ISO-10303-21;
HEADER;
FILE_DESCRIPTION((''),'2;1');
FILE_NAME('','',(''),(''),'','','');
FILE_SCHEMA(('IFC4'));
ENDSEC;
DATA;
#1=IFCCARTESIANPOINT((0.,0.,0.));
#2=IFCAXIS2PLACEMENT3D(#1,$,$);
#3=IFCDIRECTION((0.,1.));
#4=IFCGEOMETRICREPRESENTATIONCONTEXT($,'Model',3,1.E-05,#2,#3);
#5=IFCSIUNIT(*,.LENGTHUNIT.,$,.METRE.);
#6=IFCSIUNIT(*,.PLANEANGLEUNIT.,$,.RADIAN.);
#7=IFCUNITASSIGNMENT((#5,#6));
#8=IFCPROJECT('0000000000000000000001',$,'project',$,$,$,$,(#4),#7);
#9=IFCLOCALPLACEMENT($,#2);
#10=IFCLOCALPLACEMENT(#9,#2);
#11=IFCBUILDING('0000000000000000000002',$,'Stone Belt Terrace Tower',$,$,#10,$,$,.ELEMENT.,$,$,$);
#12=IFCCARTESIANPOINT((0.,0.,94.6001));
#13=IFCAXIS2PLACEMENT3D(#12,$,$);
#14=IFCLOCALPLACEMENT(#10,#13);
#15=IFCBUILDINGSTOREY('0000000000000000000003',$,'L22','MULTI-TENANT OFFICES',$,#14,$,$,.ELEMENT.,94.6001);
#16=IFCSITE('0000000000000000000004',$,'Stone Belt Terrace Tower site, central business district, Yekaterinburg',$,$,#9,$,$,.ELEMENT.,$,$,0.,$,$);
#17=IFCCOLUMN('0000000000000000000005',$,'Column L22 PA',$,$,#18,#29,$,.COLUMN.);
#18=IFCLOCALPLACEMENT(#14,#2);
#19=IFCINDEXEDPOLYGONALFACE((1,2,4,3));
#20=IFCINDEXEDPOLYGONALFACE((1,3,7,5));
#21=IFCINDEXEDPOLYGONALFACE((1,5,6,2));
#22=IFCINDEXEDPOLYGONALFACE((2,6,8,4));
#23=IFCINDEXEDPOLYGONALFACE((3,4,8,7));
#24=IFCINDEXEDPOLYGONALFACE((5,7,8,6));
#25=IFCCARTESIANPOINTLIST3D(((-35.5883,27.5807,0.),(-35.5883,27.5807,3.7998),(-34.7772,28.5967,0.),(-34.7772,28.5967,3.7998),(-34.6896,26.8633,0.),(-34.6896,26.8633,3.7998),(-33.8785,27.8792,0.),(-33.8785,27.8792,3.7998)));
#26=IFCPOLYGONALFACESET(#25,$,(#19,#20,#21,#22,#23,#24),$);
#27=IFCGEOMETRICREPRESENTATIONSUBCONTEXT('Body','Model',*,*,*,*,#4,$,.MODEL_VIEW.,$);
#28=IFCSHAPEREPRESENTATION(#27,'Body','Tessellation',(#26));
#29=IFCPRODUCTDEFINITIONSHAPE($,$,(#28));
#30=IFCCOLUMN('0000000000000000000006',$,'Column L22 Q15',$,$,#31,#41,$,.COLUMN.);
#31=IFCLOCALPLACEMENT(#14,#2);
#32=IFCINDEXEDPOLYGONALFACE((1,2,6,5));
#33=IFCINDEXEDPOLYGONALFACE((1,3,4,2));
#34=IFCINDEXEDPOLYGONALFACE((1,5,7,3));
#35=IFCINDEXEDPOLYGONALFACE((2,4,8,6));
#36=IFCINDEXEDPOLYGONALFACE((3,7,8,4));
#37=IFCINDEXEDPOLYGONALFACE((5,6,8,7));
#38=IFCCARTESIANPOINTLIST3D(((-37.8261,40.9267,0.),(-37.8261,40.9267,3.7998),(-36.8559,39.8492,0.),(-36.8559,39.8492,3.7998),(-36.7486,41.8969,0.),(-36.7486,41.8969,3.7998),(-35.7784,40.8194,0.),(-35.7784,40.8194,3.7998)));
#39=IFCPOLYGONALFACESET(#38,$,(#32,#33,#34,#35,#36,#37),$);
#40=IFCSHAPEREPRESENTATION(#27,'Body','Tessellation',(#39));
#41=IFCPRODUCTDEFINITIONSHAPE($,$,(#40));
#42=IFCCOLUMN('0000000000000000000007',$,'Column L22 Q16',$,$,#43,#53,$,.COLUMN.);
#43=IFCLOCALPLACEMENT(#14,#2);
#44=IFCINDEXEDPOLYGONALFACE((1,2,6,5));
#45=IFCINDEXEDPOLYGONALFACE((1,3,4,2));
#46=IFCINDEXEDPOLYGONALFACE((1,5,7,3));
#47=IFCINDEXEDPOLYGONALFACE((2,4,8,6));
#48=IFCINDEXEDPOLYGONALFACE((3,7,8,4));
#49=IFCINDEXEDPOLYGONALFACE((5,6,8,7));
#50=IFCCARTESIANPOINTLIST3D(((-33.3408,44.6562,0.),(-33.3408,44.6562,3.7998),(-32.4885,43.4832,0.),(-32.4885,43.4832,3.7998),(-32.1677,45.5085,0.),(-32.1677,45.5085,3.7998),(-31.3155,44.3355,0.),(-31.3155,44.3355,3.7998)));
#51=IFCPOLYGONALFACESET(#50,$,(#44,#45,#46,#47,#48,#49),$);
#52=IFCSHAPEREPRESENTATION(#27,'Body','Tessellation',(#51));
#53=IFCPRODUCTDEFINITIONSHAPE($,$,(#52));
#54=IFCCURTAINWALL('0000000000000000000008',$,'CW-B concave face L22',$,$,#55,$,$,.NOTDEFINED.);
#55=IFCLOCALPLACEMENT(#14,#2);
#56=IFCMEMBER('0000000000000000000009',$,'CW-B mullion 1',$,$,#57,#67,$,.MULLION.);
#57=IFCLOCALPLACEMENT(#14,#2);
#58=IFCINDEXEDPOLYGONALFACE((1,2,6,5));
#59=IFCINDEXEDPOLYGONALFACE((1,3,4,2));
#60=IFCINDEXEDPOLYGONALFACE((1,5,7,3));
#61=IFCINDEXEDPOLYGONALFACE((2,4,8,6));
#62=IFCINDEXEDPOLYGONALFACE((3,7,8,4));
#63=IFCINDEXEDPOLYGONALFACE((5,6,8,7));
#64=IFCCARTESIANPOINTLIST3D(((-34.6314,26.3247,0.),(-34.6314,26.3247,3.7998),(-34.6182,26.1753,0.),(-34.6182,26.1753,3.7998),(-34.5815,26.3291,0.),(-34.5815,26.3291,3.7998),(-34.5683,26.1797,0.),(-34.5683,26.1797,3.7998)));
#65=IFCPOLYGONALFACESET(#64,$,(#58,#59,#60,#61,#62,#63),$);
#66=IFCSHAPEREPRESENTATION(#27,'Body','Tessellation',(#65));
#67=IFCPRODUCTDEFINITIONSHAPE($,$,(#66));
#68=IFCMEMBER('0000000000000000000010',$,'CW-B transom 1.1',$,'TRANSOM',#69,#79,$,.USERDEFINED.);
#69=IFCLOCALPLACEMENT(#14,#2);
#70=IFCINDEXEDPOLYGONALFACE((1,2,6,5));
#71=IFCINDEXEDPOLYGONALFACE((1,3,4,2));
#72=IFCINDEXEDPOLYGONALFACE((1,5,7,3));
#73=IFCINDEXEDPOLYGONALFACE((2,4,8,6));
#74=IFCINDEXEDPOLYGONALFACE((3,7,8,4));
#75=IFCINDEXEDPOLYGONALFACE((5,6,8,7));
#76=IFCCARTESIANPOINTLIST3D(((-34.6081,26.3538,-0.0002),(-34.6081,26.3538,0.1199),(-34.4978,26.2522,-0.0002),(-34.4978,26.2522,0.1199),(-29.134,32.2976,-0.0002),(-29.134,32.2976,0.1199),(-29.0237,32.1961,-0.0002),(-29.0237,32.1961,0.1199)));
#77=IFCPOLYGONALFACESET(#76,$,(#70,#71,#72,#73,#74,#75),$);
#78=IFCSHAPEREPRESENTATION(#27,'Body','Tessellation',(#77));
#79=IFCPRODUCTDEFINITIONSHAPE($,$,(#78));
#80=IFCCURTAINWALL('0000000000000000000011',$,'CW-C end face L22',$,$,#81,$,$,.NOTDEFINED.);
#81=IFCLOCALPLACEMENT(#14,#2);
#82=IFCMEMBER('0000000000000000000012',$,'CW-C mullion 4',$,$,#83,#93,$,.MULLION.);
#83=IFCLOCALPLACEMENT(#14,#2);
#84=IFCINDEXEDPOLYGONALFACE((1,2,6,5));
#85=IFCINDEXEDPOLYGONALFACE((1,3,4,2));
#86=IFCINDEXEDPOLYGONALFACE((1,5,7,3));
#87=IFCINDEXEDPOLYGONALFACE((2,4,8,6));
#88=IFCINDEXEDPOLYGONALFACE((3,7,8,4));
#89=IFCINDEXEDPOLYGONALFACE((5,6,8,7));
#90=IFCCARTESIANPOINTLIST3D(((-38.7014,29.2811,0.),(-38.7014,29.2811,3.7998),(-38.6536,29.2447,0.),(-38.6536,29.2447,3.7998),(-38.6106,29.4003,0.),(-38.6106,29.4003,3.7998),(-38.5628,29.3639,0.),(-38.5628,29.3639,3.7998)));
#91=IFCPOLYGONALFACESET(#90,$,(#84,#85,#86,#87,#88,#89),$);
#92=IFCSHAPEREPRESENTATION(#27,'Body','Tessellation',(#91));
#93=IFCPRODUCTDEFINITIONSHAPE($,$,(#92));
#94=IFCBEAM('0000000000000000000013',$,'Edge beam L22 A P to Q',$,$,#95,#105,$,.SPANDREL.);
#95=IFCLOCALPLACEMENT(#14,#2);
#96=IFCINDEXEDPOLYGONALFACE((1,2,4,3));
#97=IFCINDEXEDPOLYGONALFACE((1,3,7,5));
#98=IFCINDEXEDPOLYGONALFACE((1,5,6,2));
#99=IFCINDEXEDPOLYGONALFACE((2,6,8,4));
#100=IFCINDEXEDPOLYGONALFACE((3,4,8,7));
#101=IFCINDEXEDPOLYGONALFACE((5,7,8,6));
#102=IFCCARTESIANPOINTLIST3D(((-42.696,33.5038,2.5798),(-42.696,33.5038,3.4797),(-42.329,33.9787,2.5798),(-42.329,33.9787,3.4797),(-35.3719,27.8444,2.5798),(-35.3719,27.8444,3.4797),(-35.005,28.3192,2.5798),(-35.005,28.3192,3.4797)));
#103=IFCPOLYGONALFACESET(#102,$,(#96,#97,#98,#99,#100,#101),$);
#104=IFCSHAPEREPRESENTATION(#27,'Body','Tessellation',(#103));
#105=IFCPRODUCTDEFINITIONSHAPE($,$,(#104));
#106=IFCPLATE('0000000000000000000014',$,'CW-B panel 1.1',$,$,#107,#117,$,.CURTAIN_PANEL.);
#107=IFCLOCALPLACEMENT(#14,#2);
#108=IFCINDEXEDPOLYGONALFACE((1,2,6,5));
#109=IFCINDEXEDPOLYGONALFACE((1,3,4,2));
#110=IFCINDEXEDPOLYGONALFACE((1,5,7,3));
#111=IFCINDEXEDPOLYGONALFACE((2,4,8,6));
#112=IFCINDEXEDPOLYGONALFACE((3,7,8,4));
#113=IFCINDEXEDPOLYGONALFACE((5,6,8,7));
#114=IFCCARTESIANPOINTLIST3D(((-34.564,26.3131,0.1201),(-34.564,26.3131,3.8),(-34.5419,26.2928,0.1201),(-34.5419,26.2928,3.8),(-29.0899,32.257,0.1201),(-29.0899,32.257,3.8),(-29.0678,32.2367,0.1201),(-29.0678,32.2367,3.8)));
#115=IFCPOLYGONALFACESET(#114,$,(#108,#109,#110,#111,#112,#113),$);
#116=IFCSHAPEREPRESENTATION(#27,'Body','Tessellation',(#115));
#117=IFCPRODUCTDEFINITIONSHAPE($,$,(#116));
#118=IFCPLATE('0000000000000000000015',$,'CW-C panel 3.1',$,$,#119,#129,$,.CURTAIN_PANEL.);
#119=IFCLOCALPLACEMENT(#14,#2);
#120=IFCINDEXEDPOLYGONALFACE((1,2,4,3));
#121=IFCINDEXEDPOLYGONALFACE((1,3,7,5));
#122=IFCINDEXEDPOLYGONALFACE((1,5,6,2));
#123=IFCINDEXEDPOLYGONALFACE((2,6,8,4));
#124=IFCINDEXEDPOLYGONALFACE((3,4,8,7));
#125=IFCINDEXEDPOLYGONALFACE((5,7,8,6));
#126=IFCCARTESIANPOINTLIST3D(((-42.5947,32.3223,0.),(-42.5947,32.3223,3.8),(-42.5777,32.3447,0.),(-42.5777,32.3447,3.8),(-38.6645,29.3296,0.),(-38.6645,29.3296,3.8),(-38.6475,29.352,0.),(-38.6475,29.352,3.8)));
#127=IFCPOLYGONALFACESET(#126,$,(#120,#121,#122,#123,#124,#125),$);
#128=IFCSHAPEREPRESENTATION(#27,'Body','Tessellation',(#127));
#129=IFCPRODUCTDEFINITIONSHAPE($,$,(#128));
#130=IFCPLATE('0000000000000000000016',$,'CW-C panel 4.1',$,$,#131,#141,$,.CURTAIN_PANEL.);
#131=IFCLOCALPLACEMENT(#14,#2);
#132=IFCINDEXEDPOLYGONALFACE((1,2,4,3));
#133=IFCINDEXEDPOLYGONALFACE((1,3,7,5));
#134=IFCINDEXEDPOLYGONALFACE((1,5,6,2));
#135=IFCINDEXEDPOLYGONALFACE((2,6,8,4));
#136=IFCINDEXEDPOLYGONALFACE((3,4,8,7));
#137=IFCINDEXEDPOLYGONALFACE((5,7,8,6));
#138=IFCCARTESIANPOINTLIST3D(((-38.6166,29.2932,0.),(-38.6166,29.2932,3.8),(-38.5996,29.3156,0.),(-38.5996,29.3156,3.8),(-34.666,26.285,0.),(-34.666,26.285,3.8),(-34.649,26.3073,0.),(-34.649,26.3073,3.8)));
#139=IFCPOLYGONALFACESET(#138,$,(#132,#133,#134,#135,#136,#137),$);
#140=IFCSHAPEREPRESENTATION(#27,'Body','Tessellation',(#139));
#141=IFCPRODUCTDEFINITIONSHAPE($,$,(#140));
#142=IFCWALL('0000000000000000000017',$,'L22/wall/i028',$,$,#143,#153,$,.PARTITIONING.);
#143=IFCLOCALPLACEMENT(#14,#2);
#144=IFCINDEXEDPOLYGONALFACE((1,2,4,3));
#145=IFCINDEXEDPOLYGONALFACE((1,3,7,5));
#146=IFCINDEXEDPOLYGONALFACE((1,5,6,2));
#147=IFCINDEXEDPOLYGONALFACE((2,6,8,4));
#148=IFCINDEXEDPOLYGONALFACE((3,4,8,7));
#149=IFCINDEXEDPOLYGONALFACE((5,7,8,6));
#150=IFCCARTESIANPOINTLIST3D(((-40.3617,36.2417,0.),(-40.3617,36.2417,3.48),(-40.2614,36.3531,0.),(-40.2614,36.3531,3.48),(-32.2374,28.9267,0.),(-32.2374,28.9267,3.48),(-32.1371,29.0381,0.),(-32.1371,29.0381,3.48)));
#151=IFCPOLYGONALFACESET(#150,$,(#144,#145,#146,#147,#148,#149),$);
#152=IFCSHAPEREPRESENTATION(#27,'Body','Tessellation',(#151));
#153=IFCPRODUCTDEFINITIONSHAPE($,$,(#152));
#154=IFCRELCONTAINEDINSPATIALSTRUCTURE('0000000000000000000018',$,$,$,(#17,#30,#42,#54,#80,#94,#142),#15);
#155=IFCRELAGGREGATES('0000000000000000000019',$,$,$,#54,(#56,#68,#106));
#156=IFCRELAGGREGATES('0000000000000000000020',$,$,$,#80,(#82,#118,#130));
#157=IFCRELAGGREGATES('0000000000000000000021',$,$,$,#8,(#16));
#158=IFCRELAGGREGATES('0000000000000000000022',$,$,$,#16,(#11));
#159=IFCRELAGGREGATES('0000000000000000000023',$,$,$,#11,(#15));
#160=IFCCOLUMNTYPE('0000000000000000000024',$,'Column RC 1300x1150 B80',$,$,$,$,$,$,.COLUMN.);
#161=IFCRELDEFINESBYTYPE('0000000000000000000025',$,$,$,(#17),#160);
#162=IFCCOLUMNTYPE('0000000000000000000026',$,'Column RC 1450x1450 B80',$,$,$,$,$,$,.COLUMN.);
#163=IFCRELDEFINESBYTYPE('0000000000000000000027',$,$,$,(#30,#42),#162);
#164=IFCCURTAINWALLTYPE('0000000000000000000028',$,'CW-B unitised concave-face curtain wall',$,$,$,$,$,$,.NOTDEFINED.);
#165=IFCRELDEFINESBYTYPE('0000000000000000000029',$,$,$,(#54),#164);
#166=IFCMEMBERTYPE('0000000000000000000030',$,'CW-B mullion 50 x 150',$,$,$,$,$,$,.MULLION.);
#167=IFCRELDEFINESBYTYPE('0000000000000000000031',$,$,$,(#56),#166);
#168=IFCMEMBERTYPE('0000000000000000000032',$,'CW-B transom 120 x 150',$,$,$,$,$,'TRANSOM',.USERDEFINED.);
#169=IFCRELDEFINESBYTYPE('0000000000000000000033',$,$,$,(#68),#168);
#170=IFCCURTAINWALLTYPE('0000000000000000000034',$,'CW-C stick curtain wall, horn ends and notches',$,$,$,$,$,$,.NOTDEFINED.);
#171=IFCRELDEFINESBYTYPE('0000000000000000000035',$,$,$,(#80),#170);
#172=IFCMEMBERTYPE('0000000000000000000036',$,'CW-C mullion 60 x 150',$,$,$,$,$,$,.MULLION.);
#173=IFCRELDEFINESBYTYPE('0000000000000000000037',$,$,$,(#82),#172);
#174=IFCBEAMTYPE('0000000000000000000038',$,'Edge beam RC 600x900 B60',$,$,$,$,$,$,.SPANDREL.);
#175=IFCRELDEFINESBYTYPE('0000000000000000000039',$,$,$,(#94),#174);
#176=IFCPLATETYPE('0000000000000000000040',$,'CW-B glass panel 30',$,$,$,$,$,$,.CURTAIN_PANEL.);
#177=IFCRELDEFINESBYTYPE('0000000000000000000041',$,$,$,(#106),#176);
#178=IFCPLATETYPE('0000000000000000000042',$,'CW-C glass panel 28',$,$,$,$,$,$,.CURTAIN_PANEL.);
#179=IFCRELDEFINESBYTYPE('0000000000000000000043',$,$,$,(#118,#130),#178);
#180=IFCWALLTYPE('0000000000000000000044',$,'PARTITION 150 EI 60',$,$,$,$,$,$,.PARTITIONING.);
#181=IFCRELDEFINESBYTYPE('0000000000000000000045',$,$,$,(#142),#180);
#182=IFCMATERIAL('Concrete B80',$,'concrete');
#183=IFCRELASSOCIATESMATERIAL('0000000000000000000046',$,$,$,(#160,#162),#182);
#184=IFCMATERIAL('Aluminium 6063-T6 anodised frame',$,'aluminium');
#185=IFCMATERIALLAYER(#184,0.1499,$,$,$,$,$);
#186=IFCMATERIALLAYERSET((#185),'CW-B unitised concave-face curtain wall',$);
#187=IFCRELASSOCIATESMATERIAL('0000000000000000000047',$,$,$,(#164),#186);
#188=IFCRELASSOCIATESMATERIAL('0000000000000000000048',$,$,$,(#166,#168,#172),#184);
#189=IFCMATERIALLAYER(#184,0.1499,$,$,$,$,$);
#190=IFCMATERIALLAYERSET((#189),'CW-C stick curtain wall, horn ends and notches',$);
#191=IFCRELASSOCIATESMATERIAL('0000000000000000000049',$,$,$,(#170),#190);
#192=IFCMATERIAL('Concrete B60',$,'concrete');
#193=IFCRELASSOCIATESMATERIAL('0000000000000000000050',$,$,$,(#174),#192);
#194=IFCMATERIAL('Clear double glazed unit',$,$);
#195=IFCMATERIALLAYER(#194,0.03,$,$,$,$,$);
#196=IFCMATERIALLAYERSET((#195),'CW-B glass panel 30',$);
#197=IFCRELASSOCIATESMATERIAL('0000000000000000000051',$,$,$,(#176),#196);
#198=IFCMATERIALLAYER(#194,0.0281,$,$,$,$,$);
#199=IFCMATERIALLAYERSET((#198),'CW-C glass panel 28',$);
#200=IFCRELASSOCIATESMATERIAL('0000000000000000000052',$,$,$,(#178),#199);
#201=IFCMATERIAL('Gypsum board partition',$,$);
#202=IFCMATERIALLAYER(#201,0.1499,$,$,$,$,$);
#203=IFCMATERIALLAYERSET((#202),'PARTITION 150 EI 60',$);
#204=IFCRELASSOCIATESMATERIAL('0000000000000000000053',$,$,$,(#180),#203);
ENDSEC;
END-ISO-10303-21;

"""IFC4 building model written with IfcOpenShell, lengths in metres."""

from ifc_helpers import new_model, si_unit, direction, frame, frame_2d, origin, origin_2d, place, context, subcontext, project, spatial, rectangle, extrude, material, layer, layer_set, material_profile, profile_set, type_object, element, aggregate, save


model = new_model("IFC4")

# Units and contexts
model_context = context("Model", 3, precision=1e-05, world=origin(), true_north=direction((0.0, 1.0)))
body_context = subcontext(model_context, "Body", "Model", "MODEL_VIEW")
ifc_project = project(units=[si_unit("LENGTHUNIT", "METRE"), si_unit("PLANEANGLEUNIT", "RADIAN")], contexts=[model_context])

# Site, building, storey
site_placement = place(None, origin())
site = spatial("IfcSite", under=ifc_project, at=site_placement, Name="Stone Belt Terrace Tower site, central business district, Yekaterinburg", CompositionType="ELEMENT", RefElevation=0.0)
building_placement = place(site_placement, origin())
building = spatial("IfcBuilding", under=site, at=building_placement, Name="Stone Belt Terrace Tower", CompositionType="ELEMENT")
storey_placement = place(building_placement, frame((0.0, 0.0, 94.6001)))
storey = spatial("IfcBuildingStorey", under=building, at=storey_placement, Name="L22", Description="MULTI-TENANT OFFICES", CompositionType="ELEMENT", Elevation=94.6001)

# Columns
ifc_material_1 = material(Name="Concrete B80", Category="concrete")
ifc_material_profile_1 = material_profile(ifc_material_1, rectangle(XDim=1.3, YDim=1.1499, at=origin_2d()), Name="RC 1300x1150")
ifc_profile_set_1 = profile_set([ifc_material_profile_1], Name="Concrete B80")
column_type_1 = type_object("IfcColumnType", Name="Column RC 1300x1150 B80", PredefinedType="COLUMN", material=ifc_profile_set_1)
column_placement = place(storey_placement, frame((-34.7334, 27.73, 0.0), z_axis=(0.0, 0.0, 1.0), x_axis=(0.623918, 0.78149, 0.0)))
element("IfcColumn", 1, at=column_placement, inside=storey, type_object=column_type_1, Name="Column L22 PA", PredefinedType="COLUMN", context=body_context, shape_type="SweptSolid", body=[
    extrude(rectangle(XDim=1.3, YDim=1.1499, at=origin_2d()), origin(), (0.0, 0.0, 1.0), 3.7998),
])
ifc_material_profile_2 = material_profile(ifc_material_1, rectangle(XDim=1.45, YDim=1.45, at=origin_2d()), Name="RC 1450x1450")
ifc_profile_set_2 = profile_set([ifc_material_profile_2], Name="Concrete B80")
column_type_2 = type_object("IfcColumnType", Name="Column RC 1450x1450 B80", PredefinedType="COLUMN", material=ifc_profile_set_2)
for number, where, z_axis, x_axis, name in (
    (2, (-36.8022, 40.873, 0.0), (0.0, 0.0, 1.0), (0.743145, 0.669131, 0.0), "Column L22 Q15"),
    (3, (-32.3281, 44.4958, 0.0), (0.0, 0.0, 1.0), (0.809017, 0.587785, 0.0), "Column L22 Q16"),
):
    element("IfcColumn", number, at=place(storey_placement, frame(where, z_axis=z_axis, x_axis=x_axis)), inside=storey, type_object=column_type_2, Name=name, PredefinedType="COLUMN", context=body_context, shape_type="SweptSolid", body=[
        extrude(rectangle(XDim=1.45, YDim=1.45, at=origin_2d()), origin(), (0.0, 0.0, 1.0), 3.7998),
    ])

# Curtain wall, members
ifc_material_2 = material(Name="Aluminium 6063-T6 anodised frame", Category="aluminium")
ifc_layer_1 = layer(ifc_material_2, 0.1499)
ifc_layer_set_1 = layer_set([ifc_layer_1], Name="CW-B unitised concave-face curtain wall")
curtain_wall_type_1 = type_object("IfcCurtainWallType", Name="CW-B unitised concave-face curtain wall", PredefinedType="NOTDEFINED", material=ifc_layer_set_1)
curtain_wall_1_placement = place(storey_placement, origin())
curtain_wall_1 = element("IfcCurtainWall", 4, at=curtain_wall_1_placement, inside=storey, type_object=curtain_wall_type_1, Name="CW-B concave face L22", PredefinedType="NOTDEFINED")
ifc_material_profile_3 = material_profile(ifc_material_2, rectangle(XDim=0.1499, YDim=0.05, at=origin_2d()), Name="Aluminium 6063-T6 50x150")
ifc_profile_set_3 = profile_set([ifc_material_profile_3], Name="Aluminium 6063-T6 anodised frame")
member_type_1 = type_object("IfcMemberType", Name="CW-B mullion 50 x 150", PredefinedType="MULLION", material=ifc_profile_set_3)
member_1_placement = place(storey_placement, frame((-34.5999, 26.2522, 0.0), z_axis=(0.0, 0.0, 1.0), x_axis=(-0.087748, 0.996143, 0.0)))
member_1 = element("IfcMember", 5, at=member_1_placement, type_object=member_type_1, Name="CW-B mullion 1", PredefinedType="MULLION", context=body_context, shape_type="SweptSolid", body=[
    extrude(rectangle(XDim=0.1499, YDim=0.05, at=origin_2d()), origin(), (0.0, 0.0, 1.0), 3.7998),
])
ifc_material_profile_4 = material_profile(ifc_material_2, rectangle(XDim=0.1499, YDim=0.1201, at=origin_2d()), Name="Aluminium 6063-T6 150x120")
ifc_profile_set_4 = profile_set([ifc_material_profile_4], Name="Aluminium 6063-T6 anodised frame")
member_type_2 = type_object("IfcMemberType", Name="CW-B transom 120 x 150", ElementType="TRANSOM", PredefinedType="USERDEFINED", material=ifc_profile_set_4)
member_2_placement = place(storey_placement, frame((-34.553, 26.303, 0.0598), z_axis=(0.677444, 0.735574, 0.0), x_axis=(-0.735574, 0.677444, 0.0)))
member_2 = element("IfcMember", 6, at=member_2_placement, type_object=member_type_2, Name="CW-B transom 1.1", ObjectType="TRANSOM", PredefinedType="USERDEFINED", context=body_context, shape_type="SweptSolid", body=[
    extrude(rectangle(XDim=0.1499, YDim=0.1201, at=origin_2d()), origin(), (0.0, 0.0, 1.0), 8.0806),
])

# Curtain wall, member
ifc_layer_2 = layer(ifc_material_2, 0.1499)
ifc_layer_set_2 = layer_set([ifc_layer_2], Name="CW-C stick curtain wall, horn ends and notches")
curtain_wall_type_2 = type_object("IfcCurtainWallType", Name="CW-C stick curtain wall, horn ends and notches", PredefinedType="NOTDEFINED", material=ifc_layer_set_2)
curtain_wall_2_placement = place(storey_placement, origin())
curtain_wall_2 = element("IfcCurtainWall", 7, at=curtain_wall_2_placement, inside=storey, type_object=curtain_wall_type_2, Name="CW-C end face L22", PredefinedType="NOTDEFINED")
ifc_material_profile_5 = material_profile(ifc_material_2, rectangle(XDim=0.1499, YDim=0.0601, at=origin_2d()), Name="Aluminium 6063-T6 60x150")
ifc_profile_set_5 = profile_set([ifc_material_profile_5], Name="Aluminium 6063-T6 anodised frame")
member_type_3 = type_object("IfcMemberType", Name="CW-C mullion 60 x 150", PredefinedType="MULLION", material=ifc_profile_set_5)
member_3_placement = place(storey_placement, frame((-38.6321, 29.3225, 0.0), z_axis=(0.0, 0.0, 1.0), x_axis=(0.60582, 0.795602, 0.0)))
member_3 = element("IfcMember", 8, at=member_3_placement, type_object=member_type_3, Name="CW-C mullion 4", PredefinedType="MULLION", context=body_context, shape_type="SweptSolid", body=[
    extrude(rectangle(XDim=0.1499, YDim=0.0601, at=origin_2d()), origin(), (0.0, 0.0, 1.0), 3.7998),
])

# Beam
ifc_material_3 = material(Name="Concrete B60", Category="concrete")
ifc_material_profile_6 = material_profile(ifc_material_3, rectangle(XDim=0.6001, YDim=0.8999, at=origin_2d()), Name="RC 600x900")
ifc_profile_set_6 = profile_set([ifc_material_profile_6], Name="Concrete B60")
beam_type = type_object("IfcBeamType", Name="Edge beam RC 600x900 B60", PredefinedType="SPANDREL", material=ifc_profile_set_6)
beam_placement = place(storey_placement, frame((-35.1885, 28.0818, 3.0298), z_axis=(-0.791286, 0.611447, 0.0), x_axis=(-0.611447, -0.791286, 0.0)))
element("IfcBeam", 9, at=beam_placement, inside=storey, type_object=beam_type, Name="Edge beam L22 A P to Q", PredefinedType="SPANDREL", context=body_context, shape_type="SweptSolid", body=[
    extrude(rectangle(XDim=0.6001, YDim=0.8999, at=origin_2d()), origin(), (0.0, 0.0, 1.0), 9.2559),
])

# Plates
ifc_material_4 = material(Name="Clear double glazed unit")
ifc_layer_3 = layer(ifc_material_4, 0.03)
ifc_layer_set_3 = layer_set([ifc_layer_3], Name="CW-B glass panel 30")
plate_type_1 = type_object("IfcPlateType", Name="CW-B glass panel 30", PredefinedType="CURTAIN_PANEL", material=ifc_layer_set_3)
plate_1_placement = place(storey_placement, frame((-31.8159, 29.2749, 0.1201), z_axis=(0.0, 0.0, 1.0), x_axis=(0.67744, 0.735578, 0.0)))
plate_1 = element("IfcPlate", 10, at=plate_1_placement, type_object=plate_type_1, Name="CW-B panel 1.1", PredefinedType="CURTAIN_PANEL", context=body_context, shape_type="SweptSolid", body=[
    extrude(rectangle(XDim=8.0806, YDim=0.03, at=origin_2d()), origin(), (0.0, 0.0, 1.0), 3.6799),
])
aggregate(curtain_wall_1, [member_1, member_2, plate_1])
ifc_layer_4 = layer(ifc_material_4, 0.0281)
ifc_layer_set_4 = layer_set([ifc_layer_4], Name="CW-C glass panel 28")
plate_type_2 = type_object("IfcPlateType", Name="CW-C glass panel 28", PredefinedType="CURTAIN_PANEL", material=ifc_layer_set_4)
plate_2_placement = place(storey_placement, frame((-40.6211, 30.8372, 0.0), z_axis=(0.0, 0.0, 1.0), x_axis=(0.795602, -0.60582, 0.0)))
plate_2 = element("IfcPlate", 11, at=plate_2_placement, type_object=plate_type_2, Name="CW-C panel 3.1", PredefinedType="CURTAIN_PANEL", context=body_context, shape_type="SweptSolid", body=[
    extrude(rectangle(XDim=4.9399, YDim=0.0281, at=origin_2d()), origin(), (0.0, 0.0, 1.0), 3.8),
])
plate_3_placement = place(storey_placement, frame((-36.6328, 27.8003, 0.0), z_axis=(0.0, 0.0, 1.0), x_axis=(0.795602, -0.60582, 0.0)))
plate_3 = element("IfcPlate", 12, at=plate_3_placement, type_object=plate_type_2, Name="CW-C panel 4.1", PredefinedType="CURTAIN_PANEL", context=body_context, shape_type="SweptSolid", body=[
    extrude(rectangle(XDim=4.9656, YDim=0.0281, at=origin_2d()), origin(), (0.0, 0.0, 1.0), 3.8),
])
aggregate(curtain_wall_2, [member_3, plate_2, plate_3])

# Wall
ifc_material_5 = material(Name="Gypsum board partition")
ifc_layer_5 = layer(ifc_material_5, 0.1499)
ifc_layer_set_5 = layer_set([ifc_layer_5], Name="PARTITION 150 EI 60")
wall_type_1 = type_object("IfcWallType", Name="PARTITION 150 EI 60", PredefinedType="PARTITIONING", material=ifc_layer_set_5)
wall_1_placement = place(storey_placement, frame((-40.3115, 36.2974, 0.0), z_axis=(0.0, 0.0, 1.0), x_axis=(0.743153, -0.669121, 0.0)))
element("IfcWall", 13, at=wall_1_placement, inside=storey, type_object=wall_type_1, Name="L22/wall/i028", PredefinedType="PARTITIONING", context=body_context, shape_type="SweptSolid", body=[
    extrude(rectangle(XDim=10.9321, YDim=0.1499, at=frame_2d((5.4661, 0.0))), origin(), (0.0, 0.0, 1.0), 3.48),
])

save(model, "model.ifc")
